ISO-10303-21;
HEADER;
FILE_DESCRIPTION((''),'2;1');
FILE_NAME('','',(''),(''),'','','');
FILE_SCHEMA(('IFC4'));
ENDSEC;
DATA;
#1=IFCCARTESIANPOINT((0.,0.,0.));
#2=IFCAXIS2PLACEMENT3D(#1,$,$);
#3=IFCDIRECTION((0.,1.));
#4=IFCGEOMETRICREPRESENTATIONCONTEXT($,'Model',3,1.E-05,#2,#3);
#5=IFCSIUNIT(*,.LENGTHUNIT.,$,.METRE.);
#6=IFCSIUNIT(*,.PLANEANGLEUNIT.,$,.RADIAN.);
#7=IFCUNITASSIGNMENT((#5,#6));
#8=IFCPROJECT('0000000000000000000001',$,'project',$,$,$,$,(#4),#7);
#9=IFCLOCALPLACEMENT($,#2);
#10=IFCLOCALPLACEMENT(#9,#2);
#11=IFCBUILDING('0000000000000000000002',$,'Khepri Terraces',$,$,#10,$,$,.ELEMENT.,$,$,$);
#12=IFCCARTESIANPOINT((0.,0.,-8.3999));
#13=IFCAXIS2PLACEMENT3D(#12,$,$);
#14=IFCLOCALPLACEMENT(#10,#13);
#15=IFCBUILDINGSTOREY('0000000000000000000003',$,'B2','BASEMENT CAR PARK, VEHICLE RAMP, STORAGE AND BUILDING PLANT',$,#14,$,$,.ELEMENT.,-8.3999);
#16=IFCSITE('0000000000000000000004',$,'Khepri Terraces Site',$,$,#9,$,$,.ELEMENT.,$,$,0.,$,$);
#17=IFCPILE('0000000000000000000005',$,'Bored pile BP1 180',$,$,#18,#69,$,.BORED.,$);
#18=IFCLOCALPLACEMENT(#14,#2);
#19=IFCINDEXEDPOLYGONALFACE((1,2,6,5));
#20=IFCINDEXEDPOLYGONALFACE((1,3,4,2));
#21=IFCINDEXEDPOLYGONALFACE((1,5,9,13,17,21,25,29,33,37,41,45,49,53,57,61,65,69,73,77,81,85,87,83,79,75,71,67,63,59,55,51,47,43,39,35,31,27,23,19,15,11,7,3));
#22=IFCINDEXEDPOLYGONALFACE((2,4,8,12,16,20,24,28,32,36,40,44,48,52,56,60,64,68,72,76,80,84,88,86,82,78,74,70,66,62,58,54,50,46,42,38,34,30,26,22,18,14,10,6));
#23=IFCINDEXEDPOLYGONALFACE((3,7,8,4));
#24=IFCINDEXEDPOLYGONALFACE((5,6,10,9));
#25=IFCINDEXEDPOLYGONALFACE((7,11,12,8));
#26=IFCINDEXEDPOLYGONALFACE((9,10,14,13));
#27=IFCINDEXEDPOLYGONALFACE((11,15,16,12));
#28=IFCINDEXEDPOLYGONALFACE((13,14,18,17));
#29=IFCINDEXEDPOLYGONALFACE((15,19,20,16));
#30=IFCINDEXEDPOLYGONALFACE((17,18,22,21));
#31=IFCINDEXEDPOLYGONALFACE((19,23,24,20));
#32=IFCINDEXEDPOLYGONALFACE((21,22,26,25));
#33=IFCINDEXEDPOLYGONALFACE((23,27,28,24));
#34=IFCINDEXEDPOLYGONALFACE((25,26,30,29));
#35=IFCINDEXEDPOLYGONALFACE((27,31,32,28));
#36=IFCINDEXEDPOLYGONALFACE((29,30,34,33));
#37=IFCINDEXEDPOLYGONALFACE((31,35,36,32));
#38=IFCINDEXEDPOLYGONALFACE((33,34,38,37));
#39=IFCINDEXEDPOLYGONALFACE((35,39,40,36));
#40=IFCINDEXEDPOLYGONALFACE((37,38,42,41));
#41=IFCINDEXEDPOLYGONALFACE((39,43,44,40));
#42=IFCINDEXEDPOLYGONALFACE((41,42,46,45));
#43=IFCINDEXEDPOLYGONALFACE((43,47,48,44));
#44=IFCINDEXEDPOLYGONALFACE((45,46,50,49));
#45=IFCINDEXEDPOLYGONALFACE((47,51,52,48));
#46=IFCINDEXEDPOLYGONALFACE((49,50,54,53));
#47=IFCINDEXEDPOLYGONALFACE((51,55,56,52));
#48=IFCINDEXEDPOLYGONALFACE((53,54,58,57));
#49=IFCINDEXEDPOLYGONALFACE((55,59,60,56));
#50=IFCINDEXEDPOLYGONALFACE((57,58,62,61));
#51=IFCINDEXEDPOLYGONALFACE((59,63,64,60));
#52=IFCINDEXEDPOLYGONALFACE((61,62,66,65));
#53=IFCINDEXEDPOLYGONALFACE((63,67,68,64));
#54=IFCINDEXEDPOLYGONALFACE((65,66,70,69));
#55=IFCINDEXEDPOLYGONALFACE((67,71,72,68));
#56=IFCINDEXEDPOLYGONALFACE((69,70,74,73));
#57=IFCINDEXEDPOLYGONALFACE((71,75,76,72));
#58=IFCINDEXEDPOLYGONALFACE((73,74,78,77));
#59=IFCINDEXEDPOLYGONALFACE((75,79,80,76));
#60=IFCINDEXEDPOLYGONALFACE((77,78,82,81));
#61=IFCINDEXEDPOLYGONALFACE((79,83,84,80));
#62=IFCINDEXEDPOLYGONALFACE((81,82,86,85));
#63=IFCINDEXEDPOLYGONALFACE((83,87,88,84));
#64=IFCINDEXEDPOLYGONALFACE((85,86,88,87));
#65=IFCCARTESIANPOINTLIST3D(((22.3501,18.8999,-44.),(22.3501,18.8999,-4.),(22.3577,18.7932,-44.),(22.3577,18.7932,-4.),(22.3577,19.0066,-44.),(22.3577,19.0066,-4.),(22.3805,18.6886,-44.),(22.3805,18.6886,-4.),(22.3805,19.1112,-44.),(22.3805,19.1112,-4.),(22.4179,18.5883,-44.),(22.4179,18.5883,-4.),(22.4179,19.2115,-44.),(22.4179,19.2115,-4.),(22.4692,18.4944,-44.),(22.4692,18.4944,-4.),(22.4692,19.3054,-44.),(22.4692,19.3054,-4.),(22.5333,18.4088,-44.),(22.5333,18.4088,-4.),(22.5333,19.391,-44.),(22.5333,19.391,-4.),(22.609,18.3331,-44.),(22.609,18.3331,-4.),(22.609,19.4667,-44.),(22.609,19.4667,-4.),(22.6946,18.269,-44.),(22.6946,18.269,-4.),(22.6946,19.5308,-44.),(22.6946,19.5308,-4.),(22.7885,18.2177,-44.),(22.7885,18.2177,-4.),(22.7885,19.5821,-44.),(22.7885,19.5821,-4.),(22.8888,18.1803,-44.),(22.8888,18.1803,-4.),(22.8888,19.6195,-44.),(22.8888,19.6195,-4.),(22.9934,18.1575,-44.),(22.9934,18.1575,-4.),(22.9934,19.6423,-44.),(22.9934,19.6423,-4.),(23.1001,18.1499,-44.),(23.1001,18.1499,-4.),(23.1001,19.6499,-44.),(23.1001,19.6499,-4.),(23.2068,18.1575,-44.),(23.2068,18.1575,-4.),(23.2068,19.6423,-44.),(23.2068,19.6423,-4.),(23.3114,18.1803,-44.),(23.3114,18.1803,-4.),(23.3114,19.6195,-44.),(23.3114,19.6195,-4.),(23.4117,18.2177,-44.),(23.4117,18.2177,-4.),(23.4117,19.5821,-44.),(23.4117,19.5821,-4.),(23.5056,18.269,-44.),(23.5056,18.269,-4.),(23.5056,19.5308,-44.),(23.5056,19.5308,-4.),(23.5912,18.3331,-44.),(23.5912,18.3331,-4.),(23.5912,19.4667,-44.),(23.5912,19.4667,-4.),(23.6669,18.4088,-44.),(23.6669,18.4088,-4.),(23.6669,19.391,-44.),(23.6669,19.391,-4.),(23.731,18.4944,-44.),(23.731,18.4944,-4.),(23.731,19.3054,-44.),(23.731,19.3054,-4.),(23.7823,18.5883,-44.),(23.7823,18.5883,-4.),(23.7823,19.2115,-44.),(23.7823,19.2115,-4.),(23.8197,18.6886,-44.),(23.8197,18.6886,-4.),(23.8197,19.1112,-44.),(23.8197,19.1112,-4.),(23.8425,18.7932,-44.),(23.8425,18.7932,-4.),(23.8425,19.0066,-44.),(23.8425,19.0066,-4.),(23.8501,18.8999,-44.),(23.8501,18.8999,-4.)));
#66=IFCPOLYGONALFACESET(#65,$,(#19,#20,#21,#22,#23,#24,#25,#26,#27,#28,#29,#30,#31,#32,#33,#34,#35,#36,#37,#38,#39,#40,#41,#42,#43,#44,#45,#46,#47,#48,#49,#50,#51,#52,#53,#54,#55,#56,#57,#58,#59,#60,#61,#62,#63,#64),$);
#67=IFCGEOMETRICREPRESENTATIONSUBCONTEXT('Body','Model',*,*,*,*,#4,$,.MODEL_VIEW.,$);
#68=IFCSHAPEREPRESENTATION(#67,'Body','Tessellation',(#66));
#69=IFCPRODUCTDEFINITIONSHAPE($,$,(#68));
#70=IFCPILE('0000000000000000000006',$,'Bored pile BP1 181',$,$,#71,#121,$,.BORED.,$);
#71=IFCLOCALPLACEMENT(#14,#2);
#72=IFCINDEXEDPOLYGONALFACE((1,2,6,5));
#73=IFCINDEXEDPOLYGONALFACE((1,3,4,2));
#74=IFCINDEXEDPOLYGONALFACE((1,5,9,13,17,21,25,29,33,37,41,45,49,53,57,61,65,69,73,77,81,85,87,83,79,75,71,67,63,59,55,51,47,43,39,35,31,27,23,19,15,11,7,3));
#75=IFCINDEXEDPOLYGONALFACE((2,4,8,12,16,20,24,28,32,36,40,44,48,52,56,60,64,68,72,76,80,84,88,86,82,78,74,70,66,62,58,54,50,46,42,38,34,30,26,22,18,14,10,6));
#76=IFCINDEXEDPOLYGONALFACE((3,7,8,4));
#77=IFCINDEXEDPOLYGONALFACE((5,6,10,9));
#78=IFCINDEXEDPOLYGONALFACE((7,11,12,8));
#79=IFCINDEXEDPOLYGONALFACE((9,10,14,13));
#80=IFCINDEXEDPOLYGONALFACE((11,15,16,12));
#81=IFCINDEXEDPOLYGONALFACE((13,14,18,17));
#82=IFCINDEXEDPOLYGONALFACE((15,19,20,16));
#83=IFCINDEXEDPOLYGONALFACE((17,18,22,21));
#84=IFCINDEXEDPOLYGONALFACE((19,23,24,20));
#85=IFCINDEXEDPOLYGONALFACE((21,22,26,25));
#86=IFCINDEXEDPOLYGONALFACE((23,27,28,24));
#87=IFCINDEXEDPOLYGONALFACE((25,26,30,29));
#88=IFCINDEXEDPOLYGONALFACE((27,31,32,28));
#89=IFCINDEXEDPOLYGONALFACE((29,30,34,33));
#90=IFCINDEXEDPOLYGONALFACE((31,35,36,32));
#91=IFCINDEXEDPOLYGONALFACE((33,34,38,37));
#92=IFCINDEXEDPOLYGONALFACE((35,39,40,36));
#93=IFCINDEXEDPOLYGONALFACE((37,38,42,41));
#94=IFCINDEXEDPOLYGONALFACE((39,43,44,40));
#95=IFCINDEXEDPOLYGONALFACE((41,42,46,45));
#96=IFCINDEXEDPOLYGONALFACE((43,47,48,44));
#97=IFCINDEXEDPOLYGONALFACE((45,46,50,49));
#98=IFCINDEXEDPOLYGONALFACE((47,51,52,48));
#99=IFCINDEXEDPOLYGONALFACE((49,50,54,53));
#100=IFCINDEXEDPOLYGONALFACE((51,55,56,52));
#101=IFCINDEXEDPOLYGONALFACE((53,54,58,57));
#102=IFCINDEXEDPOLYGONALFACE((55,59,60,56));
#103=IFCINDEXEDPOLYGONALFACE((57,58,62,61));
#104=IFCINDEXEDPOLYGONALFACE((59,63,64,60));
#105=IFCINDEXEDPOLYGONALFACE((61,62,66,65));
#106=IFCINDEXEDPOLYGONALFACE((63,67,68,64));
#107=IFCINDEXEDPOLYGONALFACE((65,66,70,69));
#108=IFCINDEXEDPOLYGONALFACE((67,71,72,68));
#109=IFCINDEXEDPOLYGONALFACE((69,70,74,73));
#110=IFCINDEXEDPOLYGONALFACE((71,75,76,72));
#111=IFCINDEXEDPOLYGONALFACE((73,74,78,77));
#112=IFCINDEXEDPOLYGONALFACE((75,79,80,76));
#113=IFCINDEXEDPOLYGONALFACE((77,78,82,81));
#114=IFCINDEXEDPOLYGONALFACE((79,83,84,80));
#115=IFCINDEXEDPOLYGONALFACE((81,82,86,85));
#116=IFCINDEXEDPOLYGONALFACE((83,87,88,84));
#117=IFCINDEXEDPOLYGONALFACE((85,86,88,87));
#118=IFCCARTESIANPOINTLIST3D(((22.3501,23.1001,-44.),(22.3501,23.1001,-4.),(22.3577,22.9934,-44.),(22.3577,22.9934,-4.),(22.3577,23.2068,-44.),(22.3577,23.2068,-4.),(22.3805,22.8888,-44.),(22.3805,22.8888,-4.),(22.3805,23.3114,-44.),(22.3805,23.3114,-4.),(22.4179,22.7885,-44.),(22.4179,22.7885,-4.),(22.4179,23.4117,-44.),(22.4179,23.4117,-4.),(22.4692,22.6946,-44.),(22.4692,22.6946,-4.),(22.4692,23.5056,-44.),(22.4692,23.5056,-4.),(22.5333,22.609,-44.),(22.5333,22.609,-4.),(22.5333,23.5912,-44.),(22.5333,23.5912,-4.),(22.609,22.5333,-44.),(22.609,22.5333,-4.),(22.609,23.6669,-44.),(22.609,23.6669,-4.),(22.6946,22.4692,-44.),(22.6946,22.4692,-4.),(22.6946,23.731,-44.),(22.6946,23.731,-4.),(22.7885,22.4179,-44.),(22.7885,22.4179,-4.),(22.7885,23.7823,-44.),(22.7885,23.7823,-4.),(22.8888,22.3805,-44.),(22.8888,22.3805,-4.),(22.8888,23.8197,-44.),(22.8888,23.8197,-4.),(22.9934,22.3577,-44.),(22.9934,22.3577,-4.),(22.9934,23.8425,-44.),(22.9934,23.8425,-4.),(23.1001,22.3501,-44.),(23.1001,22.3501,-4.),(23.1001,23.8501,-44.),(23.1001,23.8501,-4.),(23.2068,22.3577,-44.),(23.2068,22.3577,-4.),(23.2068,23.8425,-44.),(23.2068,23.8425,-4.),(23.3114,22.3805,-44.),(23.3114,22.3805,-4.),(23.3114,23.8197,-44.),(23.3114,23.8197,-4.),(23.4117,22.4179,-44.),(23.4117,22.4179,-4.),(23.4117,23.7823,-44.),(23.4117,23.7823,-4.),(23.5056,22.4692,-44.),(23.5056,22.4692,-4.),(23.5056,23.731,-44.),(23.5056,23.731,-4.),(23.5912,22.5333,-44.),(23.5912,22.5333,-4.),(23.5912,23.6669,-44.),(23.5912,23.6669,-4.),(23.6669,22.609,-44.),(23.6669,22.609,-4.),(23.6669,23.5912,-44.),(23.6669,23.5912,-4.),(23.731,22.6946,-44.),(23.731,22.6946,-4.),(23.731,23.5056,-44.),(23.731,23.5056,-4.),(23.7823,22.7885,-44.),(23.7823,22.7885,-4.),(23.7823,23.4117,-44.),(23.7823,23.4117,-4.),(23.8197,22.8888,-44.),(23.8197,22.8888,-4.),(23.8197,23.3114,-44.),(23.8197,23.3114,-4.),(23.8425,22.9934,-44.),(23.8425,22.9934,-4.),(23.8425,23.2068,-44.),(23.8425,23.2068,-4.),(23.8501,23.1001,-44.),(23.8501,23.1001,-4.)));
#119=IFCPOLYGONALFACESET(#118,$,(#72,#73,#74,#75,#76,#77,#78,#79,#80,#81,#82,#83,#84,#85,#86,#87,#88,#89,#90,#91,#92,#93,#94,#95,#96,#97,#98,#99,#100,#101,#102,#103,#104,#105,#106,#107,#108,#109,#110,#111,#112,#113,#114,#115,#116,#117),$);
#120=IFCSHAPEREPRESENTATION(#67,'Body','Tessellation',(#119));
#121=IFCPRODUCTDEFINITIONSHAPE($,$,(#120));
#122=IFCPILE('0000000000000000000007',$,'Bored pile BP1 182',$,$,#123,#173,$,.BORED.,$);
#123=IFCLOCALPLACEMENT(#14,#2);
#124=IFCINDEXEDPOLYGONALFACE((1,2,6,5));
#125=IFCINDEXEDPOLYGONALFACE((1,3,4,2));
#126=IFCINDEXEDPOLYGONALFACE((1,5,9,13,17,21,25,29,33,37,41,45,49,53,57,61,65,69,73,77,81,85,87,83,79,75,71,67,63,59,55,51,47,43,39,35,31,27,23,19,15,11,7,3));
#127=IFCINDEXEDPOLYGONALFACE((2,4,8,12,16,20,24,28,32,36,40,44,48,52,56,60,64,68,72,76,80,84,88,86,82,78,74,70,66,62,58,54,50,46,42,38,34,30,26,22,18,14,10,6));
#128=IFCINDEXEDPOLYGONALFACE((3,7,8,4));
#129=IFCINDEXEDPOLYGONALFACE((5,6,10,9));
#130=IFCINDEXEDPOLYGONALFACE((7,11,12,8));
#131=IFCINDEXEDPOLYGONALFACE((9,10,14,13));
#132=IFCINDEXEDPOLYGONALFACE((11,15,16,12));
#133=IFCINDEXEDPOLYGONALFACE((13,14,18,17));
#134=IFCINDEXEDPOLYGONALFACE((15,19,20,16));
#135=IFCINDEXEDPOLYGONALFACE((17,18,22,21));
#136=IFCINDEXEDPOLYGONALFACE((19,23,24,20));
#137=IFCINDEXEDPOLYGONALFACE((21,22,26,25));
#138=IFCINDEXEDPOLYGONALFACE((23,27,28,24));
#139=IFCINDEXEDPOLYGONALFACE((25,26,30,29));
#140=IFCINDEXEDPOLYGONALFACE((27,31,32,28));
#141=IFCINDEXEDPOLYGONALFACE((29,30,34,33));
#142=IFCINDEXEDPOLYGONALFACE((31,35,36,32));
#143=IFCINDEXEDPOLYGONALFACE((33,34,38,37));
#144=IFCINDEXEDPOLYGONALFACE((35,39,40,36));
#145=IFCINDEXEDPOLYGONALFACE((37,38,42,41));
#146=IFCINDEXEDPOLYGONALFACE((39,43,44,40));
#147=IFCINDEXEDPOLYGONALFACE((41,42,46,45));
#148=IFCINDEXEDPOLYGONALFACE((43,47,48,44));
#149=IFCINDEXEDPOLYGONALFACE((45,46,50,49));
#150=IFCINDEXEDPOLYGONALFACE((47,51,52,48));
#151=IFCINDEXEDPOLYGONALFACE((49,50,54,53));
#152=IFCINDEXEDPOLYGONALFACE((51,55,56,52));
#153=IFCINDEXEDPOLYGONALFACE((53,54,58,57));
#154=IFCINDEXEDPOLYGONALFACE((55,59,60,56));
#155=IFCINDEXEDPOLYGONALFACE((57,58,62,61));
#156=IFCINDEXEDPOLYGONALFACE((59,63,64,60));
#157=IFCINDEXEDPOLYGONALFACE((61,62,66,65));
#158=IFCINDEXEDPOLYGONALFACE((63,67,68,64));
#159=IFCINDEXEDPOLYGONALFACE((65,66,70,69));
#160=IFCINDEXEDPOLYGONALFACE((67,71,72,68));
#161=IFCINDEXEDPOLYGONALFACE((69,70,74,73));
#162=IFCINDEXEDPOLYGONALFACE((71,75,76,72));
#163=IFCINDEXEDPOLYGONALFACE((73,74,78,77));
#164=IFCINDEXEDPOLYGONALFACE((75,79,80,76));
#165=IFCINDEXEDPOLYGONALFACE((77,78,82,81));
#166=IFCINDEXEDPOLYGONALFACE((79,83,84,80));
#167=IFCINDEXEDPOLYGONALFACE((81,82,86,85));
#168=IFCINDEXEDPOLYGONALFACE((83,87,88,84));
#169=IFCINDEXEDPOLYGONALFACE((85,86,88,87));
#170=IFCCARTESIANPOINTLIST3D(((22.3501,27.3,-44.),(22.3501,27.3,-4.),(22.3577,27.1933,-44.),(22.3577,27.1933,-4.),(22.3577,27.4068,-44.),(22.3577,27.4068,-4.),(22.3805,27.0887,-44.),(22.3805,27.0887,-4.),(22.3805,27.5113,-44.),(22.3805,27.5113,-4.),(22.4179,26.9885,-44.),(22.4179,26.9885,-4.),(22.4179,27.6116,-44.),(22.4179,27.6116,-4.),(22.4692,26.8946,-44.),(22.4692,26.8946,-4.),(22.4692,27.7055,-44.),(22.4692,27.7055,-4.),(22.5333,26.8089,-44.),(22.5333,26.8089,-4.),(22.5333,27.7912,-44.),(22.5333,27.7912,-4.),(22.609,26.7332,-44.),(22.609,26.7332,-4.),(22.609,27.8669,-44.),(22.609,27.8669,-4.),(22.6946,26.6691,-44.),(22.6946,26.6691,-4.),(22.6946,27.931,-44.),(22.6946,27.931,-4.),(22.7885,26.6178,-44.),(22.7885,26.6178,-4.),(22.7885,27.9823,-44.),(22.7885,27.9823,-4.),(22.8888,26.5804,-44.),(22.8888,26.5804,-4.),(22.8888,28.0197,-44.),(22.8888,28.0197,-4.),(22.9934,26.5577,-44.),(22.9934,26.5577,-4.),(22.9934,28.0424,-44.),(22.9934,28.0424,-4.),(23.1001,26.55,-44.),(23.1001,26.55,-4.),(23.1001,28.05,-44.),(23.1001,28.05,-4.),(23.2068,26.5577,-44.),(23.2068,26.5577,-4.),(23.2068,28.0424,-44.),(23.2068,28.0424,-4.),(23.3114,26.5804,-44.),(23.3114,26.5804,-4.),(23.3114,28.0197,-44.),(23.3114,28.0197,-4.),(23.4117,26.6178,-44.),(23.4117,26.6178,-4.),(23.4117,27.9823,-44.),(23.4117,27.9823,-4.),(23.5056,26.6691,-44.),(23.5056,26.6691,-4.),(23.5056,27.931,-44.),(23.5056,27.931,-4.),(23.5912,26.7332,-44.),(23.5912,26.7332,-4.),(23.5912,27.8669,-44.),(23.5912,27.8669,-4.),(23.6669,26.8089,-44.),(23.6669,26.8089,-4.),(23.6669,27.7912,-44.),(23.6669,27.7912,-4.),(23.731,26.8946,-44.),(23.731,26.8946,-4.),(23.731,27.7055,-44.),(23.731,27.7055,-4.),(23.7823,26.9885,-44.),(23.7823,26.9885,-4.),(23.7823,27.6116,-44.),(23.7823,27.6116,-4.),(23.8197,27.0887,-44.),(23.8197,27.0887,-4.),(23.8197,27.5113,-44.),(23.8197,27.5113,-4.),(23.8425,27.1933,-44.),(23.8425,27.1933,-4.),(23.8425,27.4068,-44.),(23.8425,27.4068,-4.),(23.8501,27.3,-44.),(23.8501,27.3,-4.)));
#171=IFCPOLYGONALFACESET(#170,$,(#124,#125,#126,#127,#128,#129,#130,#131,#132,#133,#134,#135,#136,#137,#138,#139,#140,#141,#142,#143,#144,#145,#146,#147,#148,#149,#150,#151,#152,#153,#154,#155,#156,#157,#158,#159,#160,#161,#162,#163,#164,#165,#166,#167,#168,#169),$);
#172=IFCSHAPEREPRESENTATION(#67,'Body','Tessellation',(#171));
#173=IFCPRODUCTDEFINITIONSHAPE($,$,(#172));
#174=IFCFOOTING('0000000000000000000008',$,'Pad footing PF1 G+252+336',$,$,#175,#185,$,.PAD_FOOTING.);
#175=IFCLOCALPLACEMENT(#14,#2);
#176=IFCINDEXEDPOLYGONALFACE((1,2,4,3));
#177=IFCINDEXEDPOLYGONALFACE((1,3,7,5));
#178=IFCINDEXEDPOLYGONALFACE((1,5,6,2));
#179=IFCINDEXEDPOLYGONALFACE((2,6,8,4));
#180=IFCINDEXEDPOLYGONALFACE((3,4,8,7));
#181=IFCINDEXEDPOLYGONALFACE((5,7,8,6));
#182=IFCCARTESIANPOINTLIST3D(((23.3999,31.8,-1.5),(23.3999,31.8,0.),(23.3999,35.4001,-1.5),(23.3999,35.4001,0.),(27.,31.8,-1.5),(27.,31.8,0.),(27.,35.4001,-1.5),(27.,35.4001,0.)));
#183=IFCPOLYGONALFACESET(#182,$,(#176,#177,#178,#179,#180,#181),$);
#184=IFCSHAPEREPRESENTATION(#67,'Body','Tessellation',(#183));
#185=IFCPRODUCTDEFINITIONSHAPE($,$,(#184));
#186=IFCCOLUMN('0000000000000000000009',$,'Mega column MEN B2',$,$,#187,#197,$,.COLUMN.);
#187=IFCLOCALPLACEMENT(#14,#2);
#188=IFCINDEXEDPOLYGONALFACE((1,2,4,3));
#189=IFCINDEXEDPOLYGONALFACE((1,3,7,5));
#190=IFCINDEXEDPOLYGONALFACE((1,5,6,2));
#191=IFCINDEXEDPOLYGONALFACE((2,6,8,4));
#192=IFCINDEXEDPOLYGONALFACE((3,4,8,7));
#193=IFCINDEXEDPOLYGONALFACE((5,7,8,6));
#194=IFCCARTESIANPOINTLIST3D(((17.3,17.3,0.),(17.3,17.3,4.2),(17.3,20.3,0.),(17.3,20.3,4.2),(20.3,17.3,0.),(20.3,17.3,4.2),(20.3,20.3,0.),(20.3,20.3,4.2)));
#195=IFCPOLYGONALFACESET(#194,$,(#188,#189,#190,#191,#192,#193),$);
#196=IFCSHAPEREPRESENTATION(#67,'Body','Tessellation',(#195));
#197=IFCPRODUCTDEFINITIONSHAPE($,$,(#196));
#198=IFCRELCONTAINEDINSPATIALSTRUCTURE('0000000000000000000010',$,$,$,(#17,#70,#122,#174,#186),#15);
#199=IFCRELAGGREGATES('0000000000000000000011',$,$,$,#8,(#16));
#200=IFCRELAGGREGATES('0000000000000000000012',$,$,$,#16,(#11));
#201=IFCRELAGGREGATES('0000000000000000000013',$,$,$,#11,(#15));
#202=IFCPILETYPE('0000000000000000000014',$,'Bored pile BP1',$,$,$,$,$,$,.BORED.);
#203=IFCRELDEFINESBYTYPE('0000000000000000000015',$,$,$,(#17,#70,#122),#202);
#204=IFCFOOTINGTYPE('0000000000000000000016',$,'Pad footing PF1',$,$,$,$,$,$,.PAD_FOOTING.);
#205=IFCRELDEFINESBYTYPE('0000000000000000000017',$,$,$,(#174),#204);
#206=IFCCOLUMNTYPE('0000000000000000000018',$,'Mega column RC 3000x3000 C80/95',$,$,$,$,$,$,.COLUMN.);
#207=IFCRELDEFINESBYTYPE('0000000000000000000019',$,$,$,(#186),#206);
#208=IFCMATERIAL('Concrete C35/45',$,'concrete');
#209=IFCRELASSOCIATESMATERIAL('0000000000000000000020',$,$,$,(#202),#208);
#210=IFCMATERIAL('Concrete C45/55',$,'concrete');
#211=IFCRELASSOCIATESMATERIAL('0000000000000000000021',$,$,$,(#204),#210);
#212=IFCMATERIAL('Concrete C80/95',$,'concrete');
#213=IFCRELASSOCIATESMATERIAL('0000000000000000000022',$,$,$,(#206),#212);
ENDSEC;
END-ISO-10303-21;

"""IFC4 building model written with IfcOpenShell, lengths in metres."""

from ifc_helpers import new_model, si_unit, direction, frame, origin, origin_2d, place, context, subcontext, project, spatial, rectangle, circle, extrude, material, material_profile, profile_set, type_object, element, save


model = new_model("IFC4")

# Units and contexts
model_context = context("Model", 3, precision=1e-05, world=origin(), true_north=direction((0.0, 1.0)))
body_context = subcontext(model_context, "Body", "Model", "MODEL_VIEW")
ifc_project = project(units=[si_unit("LENGTHUNIT", "METRE"), si_unit("PLANEANGLEUNIT", "RADIAN")], contexts=[model_context])

# Site, building, storey
site_placement = place(None, origin())
site = spatial("IfcSite", under=ifc_project, at=site_placement, Name="Khepri Terraces Site", CompositionType="ELEMENT", RefElevation=0.0)
building_placement = place(site_placement, origin())
building = spatial("IfcBuilding", under=site, at=building_placement, Name="Khepri Terraces", CompositionType="ELEMENT")
storey_placement = place(building_placement, frame((0.0, 0.0, -8.3999)))
storey = spatial("IfcBuildingStorey", under=building, at=storey_placement, Name="B2", Description="BASEMENT CAR PARK, VEHICLE RAMP, STORAGE AND BUILDING PLANT", CompositionType="ELEMENT", Elevation=-8.3999)

# Piles
ifc_material_1 = material(Name="Concrete C35/45", Category="concrete")
ifc_material_profile_1 = material_profile(ifc_material_1, circle(Radius=0.75, at=origin_2d()), Name="Concrete C35/45", Category="concrete")
ifc_profile_set_1 = profile_set([ifc_material_profile_1], Name="Concrete C35/45")
pile_type = type_object("IfcPileType", Name="Bored pile BP1", PredefinedType="BORED", material=ifc_profile_set_1)
for number, where, z_axis, x_axis, name in (
    (1, (23.1001, 18.8999, -4.0), (0.0, 0.0, -1.0), (1.0, 0.0, 0.0), "Bored pile BP1 180"),
    (2, (23.1001, 23.1001, -4.0), (0.0, 0.0, -1.0), (1.0, 0.0, 0.0), "Bored pile BP1 181"),
    (3, (23.1001, 27.3, -4.0), (0.0, 0.0, -1.0), (1.0, 0.0, 0.0), "Bored pile BP1 182"),
):
    element("IfcPile", number, at=place(storey_placement, frame(where, z_axis=z_axis, x_axis=x_axis)), inside=storey, type_object=pile_type, Name=name, PredefinedType="BORED", context=body_context, shape_type="SweptSolid", body=[
        extrude(circle(Radius=0.75, at=origin_2d()), origin(), (0.0, 0.0, 1.0), 40.0),
    ])

# Footing
ifc_material_2 = material(Name="Concrete C45/55", Category="concrete")
footing_type = type_object("IfcFootingType", Name="Pad footing PF1", PredefinedType="PAD_FOOTING", material=ifc_material_2)
footing_placement = place(storey_placement, frame((25.2, 33.6001, -1.5), z_axis=(0.0, 0.0, 1.0), x_axis=(1.0, 0.0, 0.0)))
element("IfcFooting", 4, at=footing_placement, inside=storey, type_object=footing_type, Name="Pad footing PF1 G+252+336", PredefinedType="PAD_FOOTING", context=body_context, shape_type="SweptSolid", body=[
    extrude(rectangle(XDim=3.6001, YDim=3.6001, at=origin_2d()), origin(), (0.0, 0.0, 1.0), 1.5),
])

# Column
ifc_material_3 = material(Name="Concrete C80/95", Category="concrete")
ifc_material_profile_2 = material_profile(ifc_material_3, rectangle(XDim=3.0, YDim=3.0, at=origin_2d()), Name="Concrete C80/95", Category="concrete")
ifc_profile_set_2 = profile_set([ifc_material_profile_2], Name="Concrete C80/95")
column_type_1 = type_object("IfcColumnType", Name="Mega column RC 3000x3000 C80/95", PredefinedType="COLUMN", material=ifc_profile_set_2)
column_placement = place(storey_placement, frame((18.8, 18.8, 0.0), z_axis=(0.0, 0.0, 1.0), x_axis=(1.0, 0.0, 0.0)))
element("IfcColumn", 5, at=column_placement, inside=storey, type_object=column_type_1, Name="Mega column MEN B2", PredefinedType="COLUMN", context=body_context, shape_type="SweptSolid", body=[
    extrude(rectangle(XDim=3.0, YDim=3.0, at=origin_2d()), origin(), (0.0, 0.0, 1.0), 4.2),
])

save(model, "model.ifc")
